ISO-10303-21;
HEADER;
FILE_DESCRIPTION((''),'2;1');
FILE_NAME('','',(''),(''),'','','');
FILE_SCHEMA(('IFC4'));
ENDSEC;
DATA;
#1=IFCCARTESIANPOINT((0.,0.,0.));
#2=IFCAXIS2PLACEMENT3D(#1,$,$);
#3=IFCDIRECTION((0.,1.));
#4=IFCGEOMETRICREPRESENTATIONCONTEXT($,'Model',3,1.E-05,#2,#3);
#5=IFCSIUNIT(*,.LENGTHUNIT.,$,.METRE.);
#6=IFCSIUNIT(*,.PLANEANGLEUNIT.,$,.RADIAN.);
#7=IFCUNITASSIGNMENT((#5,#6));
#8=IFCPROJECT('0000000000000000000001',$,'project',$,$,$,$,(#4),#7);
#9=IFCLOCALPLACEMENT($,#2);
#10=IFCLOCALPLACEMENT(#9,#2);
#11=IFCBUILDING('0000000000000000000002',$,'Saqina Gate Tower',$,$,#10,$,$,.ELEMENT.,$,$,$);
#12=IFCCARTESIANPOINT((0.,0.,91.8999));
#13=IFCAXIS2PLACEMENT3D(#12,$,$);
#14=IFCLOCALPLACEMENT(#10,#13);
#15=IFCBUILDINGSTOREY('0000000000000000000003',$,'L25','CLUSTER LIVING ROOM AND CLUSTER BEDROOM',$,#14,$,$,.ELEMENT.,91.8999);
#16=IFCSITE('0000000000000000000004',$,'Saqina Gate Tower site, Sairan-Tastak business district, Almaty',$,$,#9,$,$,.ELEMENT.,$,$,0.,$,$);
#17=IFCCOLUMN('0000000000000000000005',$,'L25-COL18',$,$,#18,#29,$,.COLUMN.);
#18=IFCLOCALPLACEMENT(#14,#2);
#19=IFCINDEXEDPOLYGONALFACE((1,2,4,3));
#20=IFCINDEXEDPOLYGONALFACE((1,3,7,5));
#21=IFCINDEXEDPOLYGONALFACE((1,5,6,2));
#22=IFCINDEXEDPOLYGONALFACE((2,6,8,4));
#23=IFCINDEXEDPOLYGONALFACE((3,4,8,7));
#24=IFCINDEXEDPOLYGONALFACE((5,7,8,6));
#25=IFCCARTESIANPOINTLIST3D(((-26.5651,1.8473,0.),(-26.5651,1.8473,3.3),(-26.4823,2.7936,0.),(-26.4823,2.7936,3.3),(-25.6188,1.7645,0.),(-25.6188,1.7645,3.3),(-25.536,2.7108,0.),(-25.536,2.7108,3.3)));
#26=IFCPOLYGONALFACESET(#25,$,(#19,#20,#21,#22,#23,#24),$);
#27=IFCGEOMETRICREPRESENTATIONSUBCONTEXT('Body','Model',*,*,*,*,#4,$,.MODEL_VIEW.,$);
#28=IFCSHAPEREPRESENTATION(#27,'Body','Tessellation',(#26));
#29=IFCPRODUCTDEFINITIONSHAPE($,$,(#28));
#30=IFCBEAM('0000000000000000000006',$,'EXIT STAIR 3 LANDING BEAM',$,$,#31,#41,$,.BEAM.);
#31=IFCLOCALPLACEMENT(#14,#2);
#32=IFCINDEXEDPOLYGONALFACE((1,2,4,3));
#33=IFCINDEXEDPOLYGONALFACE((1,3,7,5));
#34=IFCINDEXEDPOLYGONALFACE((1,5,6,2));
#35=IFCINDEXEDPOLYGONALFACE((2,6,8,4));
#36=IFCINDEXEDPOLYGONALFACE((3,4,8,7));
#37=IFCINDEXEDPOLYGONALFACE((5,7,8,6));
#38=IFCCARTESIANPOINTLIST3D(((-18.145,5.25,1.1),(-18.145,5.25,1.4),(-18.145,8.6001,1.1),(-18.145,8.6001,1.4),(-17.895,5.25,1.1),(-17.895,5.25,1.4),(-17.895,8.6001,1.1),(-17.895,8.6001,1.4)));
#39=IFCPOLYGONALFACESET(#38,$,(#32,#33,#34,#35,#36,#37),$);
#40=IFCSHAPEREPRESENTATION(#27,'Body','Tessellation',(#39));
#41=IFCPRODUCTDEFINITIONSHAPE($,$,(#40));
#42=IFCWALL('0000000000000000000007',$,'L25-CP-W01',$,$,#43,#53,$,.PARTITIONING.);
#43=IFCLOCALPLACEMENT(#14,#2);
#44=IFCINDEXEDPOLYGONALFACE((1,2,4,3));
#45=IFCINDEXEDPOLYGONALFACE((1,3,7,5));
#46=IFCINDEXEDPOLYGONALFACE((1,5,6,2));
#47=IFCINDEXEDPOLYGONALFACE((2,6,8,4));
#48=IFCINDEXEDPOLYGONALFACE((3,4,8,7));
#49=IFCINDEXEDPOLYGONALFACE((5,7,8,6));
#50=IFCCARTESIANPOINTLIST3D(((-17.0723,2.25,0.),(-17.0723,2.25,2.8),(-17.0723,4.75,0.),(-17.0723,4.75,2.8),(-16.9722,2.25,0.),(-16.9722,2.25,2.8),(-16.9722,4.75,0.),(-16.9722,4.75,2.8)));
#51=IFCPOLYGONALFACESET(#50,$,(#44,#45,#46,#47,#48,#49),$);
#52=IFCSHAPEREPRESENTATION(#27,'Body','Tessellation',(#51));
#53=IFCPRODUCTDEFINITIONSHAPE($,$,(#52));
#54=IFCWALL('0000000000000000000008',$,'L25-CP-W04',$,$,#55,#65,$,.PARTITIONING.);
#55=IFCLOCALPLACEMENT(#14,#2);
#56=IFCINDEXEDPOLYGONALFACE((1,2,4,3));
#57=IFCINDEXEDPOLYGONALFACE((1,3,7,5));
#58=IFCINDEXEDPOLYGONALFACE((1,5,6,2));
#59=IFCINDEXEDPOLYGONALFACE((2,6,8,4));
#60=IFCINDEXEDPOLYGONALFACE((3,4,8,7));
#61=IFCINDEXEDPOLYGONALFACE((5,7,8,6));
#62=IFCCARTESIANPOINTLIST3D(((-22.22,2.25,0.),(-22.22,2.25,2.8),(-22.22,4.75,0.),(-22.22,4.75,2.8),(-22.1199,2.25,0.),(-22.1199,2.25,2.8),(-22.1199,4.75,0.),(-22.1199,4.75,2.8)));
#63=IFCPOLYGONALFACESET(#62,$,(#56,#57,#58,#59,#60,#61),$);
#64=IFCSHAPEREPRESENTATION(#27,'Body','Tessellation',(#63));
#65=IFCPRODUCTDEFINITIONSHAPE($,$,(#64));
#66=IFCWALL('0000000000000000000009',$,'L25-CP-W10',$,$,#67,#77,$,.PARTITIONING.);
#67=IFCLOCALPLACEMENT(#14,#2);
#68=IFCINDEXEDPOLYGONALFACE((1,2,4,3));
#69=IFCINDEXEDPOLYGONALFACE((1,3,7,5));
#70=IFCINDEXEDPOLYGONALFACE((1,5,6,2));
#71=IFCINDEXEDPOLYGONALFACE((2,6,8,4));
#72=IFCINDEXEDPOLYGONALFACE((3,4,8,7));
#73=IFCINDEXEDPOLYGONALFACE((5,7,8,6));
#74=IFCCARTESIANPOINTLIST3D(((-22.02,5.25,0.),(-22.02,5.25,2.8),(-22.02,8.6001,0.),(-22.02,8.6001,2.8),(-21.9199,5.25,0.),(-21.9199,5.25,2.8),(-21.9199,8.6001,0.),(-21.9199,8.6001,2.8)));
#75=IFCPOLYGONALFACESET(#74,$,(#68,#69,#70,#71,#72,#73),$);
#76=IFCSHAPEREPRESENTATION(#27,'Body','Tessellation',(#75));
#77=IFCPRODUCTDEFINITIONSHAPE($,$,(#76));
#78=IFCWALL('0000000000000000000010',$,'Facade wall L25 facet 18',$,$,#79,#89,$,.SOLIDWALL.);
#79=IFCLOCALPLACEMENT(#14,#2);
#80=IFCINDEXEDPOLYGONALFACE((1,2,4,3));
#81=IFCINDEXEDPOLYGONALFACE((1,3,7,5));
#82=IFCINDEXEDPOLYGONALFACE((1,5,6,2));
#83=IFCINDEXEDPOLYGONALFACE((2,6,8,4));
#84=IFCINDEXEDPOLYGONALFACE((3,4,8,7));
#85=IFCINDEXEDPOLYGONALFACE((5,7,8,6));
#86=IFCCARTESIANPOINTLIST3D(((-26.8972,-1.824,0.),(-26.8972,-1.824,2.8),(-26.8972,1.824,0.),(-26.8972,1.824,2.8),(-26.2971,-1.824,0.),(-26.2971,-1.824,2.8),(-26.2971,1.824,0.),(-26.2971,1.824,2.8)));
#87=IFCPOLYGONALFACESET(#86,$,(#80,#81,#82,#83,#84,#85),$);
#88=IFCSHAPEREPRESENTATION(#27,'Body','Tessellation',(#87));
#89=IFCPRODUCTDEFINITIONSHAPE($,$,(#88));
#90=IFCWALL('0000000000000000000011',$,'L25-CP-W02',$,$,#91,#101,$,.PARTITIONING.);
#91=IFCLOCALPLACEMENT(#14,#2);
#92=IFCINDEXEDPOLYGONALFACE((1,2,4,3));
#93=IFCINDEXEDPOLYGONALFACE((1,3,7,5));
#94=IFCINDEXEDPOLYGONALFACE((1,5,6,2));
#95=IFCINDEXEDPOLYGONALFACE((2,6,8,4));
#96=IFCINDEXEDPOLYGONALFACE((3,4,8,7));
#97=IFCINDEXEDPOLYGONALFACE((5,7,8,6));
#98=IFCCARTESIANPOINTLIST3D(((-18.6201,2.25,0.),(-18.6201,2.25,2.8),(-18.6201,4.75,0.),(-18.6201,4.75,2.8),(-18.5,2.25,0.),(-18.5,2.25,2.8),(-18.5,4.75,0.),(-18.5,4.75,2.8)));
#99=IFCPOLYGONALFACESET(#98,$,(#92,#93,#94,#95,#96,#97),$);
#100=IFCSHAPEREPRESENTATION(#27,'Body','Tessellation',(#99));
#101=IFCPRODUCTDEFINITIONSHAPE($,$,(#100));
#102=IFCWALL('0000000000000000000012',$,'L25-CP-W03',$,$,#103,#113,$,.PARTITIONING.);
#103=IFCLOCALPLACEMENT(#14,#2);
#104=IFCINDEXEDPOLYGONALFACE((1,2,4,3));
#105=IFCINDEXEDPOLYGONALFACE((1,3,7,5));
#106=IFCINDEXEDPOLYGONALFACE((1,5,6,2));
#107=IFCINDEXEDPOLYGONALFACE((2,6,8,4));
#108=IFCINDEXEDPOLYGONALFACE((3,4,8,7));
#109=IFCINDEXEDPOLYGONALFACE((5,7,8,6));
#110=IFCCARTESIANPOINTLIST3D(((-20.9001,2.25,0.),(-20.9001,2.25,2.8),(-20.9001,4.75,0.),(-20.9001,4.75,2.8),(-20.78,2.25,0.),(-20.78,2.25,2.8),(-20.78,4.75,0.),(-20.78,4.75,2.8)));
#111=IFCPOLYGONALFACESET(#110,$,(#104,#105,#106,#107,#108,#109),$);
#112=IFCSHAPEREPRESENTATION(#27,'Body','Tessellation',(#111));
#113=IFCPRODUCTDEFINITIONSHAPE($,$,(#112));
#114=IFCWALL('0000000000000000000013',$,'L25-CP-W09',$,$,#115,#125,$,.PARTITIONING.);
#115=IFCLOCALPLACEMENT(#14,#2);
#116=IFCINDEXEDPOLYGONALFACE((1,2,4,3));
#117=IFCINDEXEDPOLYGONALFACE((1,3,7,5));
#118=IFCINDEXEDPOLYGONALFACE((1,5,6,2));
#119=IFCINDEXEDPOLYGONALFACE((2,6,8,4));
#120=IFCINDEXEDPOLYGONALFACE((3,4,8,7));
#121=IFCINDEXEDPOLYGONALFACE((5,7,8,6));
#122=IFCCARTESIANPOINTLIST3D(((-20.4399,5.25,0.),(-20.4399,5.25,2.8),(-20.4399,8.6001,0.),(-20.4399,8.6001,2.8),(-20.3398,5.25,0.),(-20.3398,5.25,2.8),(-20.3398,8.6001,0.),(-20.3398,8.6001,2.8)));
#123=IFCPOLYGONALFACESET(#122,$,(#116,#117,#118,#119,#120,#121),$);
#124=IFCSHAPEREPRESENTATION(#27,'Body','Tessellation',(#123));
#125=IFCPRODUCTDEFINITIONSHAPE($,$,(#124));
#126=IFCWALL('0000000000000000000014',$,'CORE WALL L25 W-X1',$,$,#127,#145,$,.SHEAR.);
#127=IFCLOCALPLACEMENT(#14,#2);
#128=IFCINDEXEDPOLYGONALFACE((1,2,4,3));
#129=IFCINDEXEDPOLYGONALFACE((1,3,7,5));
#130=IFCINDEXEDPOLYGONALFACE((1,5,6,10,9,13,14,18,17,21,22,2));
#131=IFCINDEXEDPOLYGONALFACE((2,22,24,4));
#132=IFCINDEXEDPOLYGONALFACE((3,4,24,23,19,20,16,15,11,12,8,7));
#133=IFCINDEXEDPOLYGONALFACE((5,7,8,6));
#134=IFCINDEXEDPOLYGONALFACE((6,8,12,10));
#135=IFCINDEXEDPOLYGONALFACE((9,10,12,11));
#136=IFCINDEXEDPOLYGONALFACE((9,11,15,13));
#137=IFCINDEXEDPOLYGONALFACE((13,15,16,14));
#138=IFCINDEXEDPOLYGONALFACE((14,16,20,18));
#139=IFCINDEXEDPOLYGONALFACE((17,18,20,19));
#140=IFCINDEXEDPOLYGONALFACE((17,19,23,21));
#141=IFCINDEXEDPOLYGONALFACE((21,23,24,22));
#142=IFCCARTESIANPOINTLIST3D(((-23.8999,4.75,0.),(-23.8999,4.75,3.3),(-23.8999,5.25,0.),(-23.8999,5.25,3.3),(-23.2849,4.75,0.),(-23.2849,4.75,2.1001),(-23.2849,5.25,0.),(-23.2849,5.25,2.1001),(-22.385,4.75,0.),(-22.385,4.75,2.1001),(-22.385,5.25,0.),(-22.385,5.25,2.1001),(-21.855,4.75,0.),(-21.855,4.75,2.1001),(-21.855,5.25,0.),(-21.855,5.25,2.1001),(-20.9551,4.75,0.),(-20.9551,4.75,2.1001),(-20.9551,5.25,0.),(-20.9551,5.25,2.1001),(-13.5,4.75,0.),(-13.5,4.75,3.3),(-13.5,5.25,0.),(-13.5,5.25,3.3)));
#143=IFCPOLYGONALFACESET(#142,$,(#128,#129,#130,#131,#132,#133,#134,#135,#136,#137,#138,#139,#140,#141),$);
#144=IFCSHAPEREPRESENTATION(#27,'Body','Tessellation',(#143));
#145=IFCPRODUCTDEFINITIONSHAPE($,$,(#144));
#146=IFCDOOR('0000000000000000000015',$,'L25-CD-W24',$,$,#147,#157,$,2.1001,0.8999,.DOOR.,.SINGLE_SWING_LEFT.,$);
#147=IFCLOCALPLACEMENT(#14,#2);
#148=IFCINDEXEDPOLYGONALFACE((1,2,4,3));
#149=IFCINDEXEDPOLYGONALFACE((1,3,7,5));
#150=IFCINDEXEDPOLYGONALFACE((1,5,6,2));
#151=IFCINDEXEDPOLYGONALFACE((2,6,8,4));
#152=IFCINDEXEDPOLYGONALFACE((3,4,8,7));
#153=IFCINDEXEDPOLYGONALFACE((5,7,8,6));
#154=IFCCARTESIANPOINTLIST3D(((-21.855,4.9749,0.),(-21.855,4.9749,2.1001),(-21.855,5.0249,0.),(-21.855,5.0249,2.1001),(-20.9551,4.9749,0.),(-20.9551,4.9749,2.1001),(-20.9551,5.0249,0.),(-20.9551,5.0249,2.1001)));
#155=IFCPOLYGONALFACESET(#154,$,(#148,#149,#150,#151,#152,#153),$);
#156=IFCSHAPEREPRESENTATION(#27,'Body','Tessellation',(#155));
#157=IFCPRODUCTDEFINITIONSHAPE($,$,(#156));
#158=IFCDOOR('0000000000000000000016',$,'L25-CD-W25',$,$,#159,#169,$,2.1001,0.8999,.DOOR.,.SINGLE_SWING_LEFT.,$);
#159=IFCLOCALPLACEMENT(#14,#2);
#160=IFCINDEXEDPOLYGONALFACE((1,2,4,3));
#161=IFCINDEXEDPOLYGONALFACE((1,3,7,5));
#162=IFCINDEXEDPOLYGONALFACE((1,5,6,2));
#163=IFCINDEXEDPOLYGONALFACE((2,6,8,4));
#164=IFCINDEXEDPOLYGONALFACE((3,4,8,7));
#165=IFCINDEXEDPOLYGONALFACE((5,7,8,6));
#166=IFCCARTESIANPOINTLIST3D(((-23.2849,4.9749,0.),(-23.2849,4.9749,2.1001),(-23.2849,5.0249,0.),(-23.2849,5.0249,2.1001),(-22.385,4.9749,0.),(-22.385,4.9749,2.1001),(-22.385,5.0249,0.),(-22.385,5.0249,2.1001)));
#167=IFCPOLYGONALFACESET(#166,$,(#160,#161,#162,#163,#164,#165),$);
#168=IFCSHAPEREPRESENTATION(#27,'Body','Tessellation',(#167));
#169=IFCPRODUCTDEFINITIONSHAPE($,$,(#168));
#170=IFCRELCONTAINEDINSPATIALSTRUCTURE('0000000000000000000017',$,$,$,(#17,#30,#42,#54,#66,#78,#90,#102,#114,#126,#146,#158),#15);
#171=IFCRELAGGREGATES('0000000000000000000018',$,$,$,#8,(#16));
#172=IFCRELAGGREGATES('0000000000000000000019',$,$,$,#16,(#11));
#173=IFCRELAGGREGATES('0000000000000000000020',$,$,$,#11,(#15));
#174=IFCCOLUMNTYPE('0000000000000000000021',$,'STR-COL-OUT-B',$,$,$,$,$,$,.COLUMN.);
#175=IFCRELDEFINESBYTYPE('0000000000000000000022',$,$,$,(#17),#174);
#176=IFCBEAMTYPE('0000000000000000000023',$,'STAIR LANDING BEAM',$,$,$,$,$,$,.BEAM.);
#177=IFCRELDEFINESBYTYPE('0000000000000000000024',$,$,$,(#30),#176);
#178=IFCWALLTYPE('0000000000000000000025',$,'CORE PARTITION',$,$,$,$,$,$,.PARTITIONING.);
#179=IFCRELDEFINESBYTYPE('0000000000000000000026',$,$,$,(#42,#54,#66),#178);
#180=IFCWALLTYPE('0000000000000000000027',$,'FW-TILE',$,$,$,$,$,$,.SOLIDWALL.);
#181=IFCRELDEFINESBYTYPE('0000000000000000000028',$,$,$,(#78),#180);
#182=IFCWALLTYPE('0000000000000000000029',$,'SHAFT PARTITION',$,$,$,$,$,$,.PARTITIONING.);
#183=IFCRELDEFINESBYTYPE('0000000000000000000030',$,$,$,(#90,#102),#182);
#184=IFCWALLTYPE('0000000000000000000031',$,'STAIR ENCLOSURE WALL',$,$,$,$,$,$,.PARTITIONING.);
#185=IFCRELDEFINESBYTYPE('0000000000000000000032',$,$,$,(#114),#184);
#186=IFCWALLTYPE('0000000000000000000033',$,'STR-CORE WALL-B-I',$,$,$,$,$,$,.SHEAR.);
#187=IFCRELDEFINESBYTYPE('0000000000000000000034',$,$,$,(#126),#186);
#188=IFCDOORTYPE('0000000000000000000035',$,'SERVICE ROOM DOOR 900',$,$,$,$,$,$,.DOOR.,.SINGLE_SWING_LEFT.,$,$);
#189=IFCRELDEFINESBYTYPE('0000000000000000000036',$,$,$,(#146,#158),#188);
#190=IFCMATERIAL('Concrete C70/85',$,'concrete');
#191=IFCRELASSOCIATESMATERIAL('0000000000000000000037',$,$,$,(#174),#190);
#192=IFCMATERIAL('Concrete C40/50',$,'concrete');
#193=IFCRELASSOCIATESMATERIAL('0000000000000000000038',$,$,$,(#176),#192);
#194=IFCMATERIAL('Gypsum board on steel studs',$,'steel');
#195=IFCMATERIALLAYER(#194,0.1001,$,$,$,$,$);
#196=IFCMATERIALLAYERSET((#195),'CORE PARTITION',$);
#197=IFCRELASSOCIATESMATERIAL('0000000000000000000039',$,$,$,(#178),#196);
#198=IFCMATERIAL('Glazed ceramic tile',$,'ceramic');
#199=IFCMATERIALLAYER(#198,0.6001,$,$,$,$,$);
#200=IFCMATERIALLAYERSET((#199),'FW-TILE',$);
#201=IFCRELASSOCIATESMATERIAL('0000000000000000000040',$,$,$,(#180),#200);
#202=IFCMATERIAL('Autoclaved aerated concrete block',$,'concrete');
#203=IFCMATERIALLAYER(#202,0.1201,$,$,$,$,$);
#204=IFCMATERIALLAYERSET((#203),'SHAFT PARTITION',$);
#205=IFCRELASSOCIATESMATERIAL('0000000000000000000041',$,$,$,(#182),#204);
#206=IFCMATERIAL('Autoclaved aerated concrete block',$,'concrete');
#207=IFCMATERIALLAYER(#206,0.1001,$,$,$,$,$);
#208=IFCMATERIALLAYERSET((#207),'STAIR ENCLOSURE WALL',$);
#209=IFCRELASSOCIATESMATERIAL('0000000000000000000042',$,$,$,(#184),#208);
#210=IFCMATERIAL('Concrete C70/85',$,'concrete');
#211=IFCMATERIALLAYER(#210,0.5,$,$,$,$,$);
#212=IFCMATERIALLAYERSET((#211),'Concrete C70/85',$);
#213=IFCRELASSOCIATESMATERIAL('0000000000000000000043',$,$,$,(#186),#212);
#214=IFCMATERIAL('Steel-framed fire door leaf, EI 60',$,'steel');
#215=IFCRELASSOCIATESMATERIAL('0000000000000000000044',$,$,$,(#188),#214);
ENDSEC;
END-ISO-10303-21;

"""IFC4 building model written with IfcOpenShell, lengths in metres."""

from ifc_helpers import new_model, si_unit, direction, frame, frame_2d, origin, origin_2d, place, context, subcontext, project, spatial, rectangle, extrude, material, layer, layer_set, material_profile, profile_set, type_object, element, fill, save


model = new_model("IFC4")

# Units and contexts
model_context = context("Model", 3, precision=1e-05, world=origin(), true_north=direction((0.0, 1.0)))
body_context = subcontext(model_context, "Body", "Model", "MODEL_VIEW")
ifc_project = project(units=[si_unit("LENGTHUNIT", "METRE"), si_unit("PLANEANGLEUNIT", "RADIAN")], contexts=[model_context])

# Site, building, storey
site_placement = place(None, origin())
site = spatial("IfcSite", under=ifc_project, at=site_placement, Name="Saqina Gate Tower site, Sairan-Tastak business district, Almaty", CompositionType="ELEMENT", RefElevation=0.0)
building_placement = place(site_placement, origin())
building = spatial("IfcBuilding", under=site, at=building_placement, Name="Saqina Gate Tower", CompositionType="ELEMENT")
storey_placement = place(building_placement, frame((0.0, 0.0, 91.8999)))
storey = spatial("IfcBuildingStorey", under=building, at=storey_placement, Name="L25", Description="CLUSTER LIVING ROOM AND CLUSTER BEDROOM", CompositionType="ELEMENT", Elevation=91.8999)

# Column
ifc_material_1 = material(Name="Concrete C70/85", Category="concrete")
ifc_material_profile_1 = material_profile(ifc_material_1, rectangle(XDim=0.95, YDim=0.95, at=origin_2d()), Name="RC 950x950")
ifc_profile_set_1 = profile_set([ifc_material_profile_1], Name="Concrete C70/85")
column_type = type_object("IfcColumnType", Name="STR-COL-OUT-B", PredefinedType="COLUMN", material=ifc_profile_set_1)
column_placement = place(storey_placement, frame((-26.0505, 2.2791, 0.0), z_axis=(0.0, 0.0, 1.0), x_axis=(-0.996195, 0.087156, 0.0)))
element("IfcColumn", 1, at=column_placement, inside=storey, type_object=column_type, Name="L25-COL18", PredefinedType="COLUMN", context=body_context, shape_type="SweptSolid", body=[
    extrude(rectangle(XDim=0.95, YDim=0.95, at=origin_2d()), origin(), (0.0, 0.0, 1.0), 3.3),
])

# Beam
ifc_material_2 = material(Name="Concrete C40/50", Category="concrete")
ifc_material_profile_2 = material_profile(ifc_material_2, rectangle(XDim=0.25, YDim=0.3, at=origin_2d()), Name="STAIR LANDING BEAM")
ifc_profile_set_2 = profile_set([ifc_material_profile_2], Name="Concrete C40/50")
beam_type = type_object("IfcBeamType", Name="STAIR LANDING BEAM", PredefinedType="BEAM", material=ifc_profile_set_2)
beam_placement = place(storey_placement, frame((-18.02, 5.25, 1.25), z_axis=(0.0, 1.0, 0.0), x_axis=(-1.0, 0.0, 0.0)))
element("IfcBeam", 2, at=beam_placement, inside=storey, type_object=beam_type, Name="EXIT STAIR 3 LANDING BEAM", PredefinedType="BEAM", context=body_context, shape_type="SweptSolid", body=[
    extrude(rectangle(XDim=0.25, YDim=0.3, at=origin_2d()), origin(), (0.0, 0.0, 1.0), 3.3501),
])

# Walls
ifc_material_3 = material(Name="Gypsum board on steel studs", Category="steel")
ifc_layer_1 = layer(ifc_material_3, 0.1001)
ifc_layer_set_1 = layer_set([ifc_layer_1], Name="CORE PARTITION")
wall_type_1 = type_object("IfcWallType", Name="CORE PARTITION", PredefinedType="PARTITIONING", material=ifc_layer_set_1)
for number, where, z_axis, x_axis, name in (
    (3, (-17.0222, 2.25, 0.0), (0.0, 0.0, 1.0), (0.0, 1.0, 0.0), "L25-CP-W01"),
    (4, (-22.1699, 2.25, 0.0), (0.0, 0.0, 1.0), (0.0, 1.0, 0.0), "L25-CP-W04"),
):
    element("IfcWall", number, at=place(storey_placement, frame(where, z_axis=z_axis, x_axis=x_axis)), inside=storey, type_object=wall_type_1, Name=name, PredefinedType="PARTITIONING", context=body_context, shape_type="SweptSolid", body=[
        extrude(rectangle(XDim=2.5, YDim=0.1001, at=frame_2d((1.25, 0.0))), origin(), (0.0, 0.0, 1.0), 2.8),
    ])
wall_1_placement = place(storey_placement, frame((-21.97, 5.25, 0.0), z_axis=(0.0, 0.0, 1.0), x_axis=(0.0, 1.0, 0.0)))
element("IfcWall", 5, at=wall_1_placement, inside=storey, type_object=wall_type_1, Name="L25-CP-W10", PredefinedType="PARTITIONING", context=body_context, shape_type="SweptSolid", body=[
    extrude(rectangle(XDim=3.3501, YDim=0.1001, at=frame_2d((1.675, 0.0))), origin(), (0.0, 0.0, 1.0), 2.8),
])
ifc_material_4 = material(Name="Glazed ceramic tile", Category="ceramic")
ifc_layer_2 = layer(ifc_material_4, 0.6001)
ifc_layer_set_2 = layer_set([ifc_layer_2], Name="FW-TILE")
wall_type_2 = type_object("IfcWallType", Name="FW-TILE", PredefinedType="SOLIDWALL", material=ifc_layer_set_2)
wall_2_placement = place(storey_placement, frame((-26.5972, 1.824, 0.0), z_axis=(0.0, 0.0, 1.0), x_axis=(0.0, -1.0, 0.0)))
element("IfcWall", 6, at=wall_2_placement, inside=storey, type_object=wall_type_2, Name="Facade wall L25 facet 18", PredefinedType="SOLIDWALL", context=body_context, shape_type="SweptSolid", body=[
    extrude(rectangle(XDim=3.6479, YDim=0.6001, at=frame_2d((1.824, 0.0))), origin(), (0.0, 0.0, 1.0), 2.8),
])
ifc_material_5 = material(Name="Autoclaved aerated concrete block", Category="concrete")
ifc_layer_3 = layer(ifc_material_5, 0.1201)
ifc_layer_set_3 = layer_set([ifc_layer_3], Name="SHAFT PARTITION")
wall_type_3 = type_object("IfcWallType", Name="SHAFT PARTITION", PredefinedType="PARTITIONING", material=ifc_layer_set_3)
for number, where, z_axis, x_axis, name in (
    (7, (-18.5601, 2.25, 0.0), (0.0, 0.0, 1.0), (0.0, 1.0, 0.0), "L25-CP-W02"),
    (8, (-20.8401, 2.25, 0.0), (0.0, 0.0, 1.0), (0.0, 1.0, 0.0), "L25-CP-W03"),
):
    element("IfcWall", number, at=place(storey_placement, frame(where, z_axis=z_axis, x_axis=x_axis)), inside=storey, type_object=wall_type_3, Name=name, PredefinedType="PARTITIONING", context=body_context, shape_type="SweptSolid", body=[
        extrude(rectangle(XDim=2.5, YDim=0.1201, at=frame_2d((1.25, 0.0))), origin(), (0.0, 0.0, 1.0), 2.8),
    ])
ifc_material_6 = material(Name="Autoclaved aerated concrete block", Category="concrete")
ifc_layer_4 = layer(ifc_material_6, 0.1001)
ifc_layer_set_4 = layer_set([ifc_layer_4], Name="STAIR ENCLOSURE WALL")
wall_type_4 = type_object("IfcWallType", Name="STAIR ENCLOSURE WALL", PredefinedType="PARTITIONING", material=ifc_layer_set_4)
wall_3_placement = place(storey_placement, frame((-20.3899, 5.25, 0.0), z_axis=(0.0, 0.0, 1.0), x_axis=(0.0, 1.0, 0.0)))
element("IfcWall", 9, at=wall_3_placement, inside=storey, type_object=wall_type_4, Name="L25-CP-W09", PredefinedType="PARTITIONING", context=body_context, shape_type="SweptSolid", body=[
    extrude(rectangle(XDim=3.3501, YDim=0.1001, at=frame_2d((1.675, 0.0))), origin(), (0.0, 0.0, 1.0), 2.8),
])

# Wall, openings, doors
ifc_material_7 = material(Name="Concrete C70/85", Category="concrete")
ifc_layer_5 = layer(ifc_material_7, 0.5)
ifc_layer_set_5 = layer_set([ifc_layer_5], Name="Concrete C70/85")
wall_type_5 = type_object("IfcWallType", Name="STR-CORE WALL-B-I", PredefinedType="SHEAR", material=ifc_layer_set_5)
wall_4_placement = place(storey_placement, frame((-13.5, 5.0, 0.0), z_axis=(0.0, 0.0, 1.0), x_axis=(-1.0, 0.0, 0.0)))
wall_4 = element("IfcWall", 10, at=wall_4_placement, inside=storey, type_object=wall_type_5, Name="CORE WALL L25 W-X1", PredefinedType="SHEAR", context=body_context, shape_type="SweptSolid", body=[
    extrude(rectangle(XDim=10.3999, YDim=0.5, at=frame_2d((5.2, 0.0))), origin(), (0.0, 0.0, 1.0), 3.3),
])
opening_1_placement = place(wall_4_placement, frame((7.4551, 0.0, 0.0)))
opening_1 = element("IfcOpeningElement", 11, at=opening_1_placement, cuts=wall_4, PredefinedType="OPENING", context=body_context, shape_type="SweptSolid", body=[
    extrude(rectangle(XDim=0.8999, YDim=2.1001, at=frame_2d((0.45, 1.05))), frame((0.0, 0.262, 0.0), z_axis=(0.0, -1.0, 0.0), x_axis=(1.0, 0.0, 0.0)), (0.0, 0.0, 1.0), 0.5239),
])
opening_2_placement = place(wall_4_placement, frame((8.885, 0.0, 0.0)))
opening_2 = element("IfcOpeningElement", 12, at=opening_2_placement, cuts=wall_4, PredefinedType="OPENING", context=body_context, shape_type="SweptSolid", body=[
    extrude(rectangle(XDim=0.8999, YDim=2.1001, at=frame_2d((0.45, 1.05))), frame((0.0, 0.262, 0.0), z_axis=(0.0, -1.0, 0.0), x_axis=(1.0, 0.0, 0.0)), (0.0, 0.0, 1.0), 0.5239),
])
ifc_material_8 = material(Name="Steel-framed fire door leaf, EI 60", Category="steel")
door_type_1 = type_object("IfcDoorType", Name="SERVICE ROOM DOOR 900", OperationType="SINGLE_SWING_LEFT", PredefinedType="DOOR", material=ifc_material_8)
door_1_placement = place(opening_1_placement, frame((0.8999, 0.0, 0.0), z_axis=(0.0, 0.0, 1.0), x_axis=(-1.0, 0.0, 0.0)))
door_1 = element("IfcDoor", 13, at=door_1_placement, inside=storey, type_object=door_type_1, Name="L25-CD-W24", OperationType="SINGLE_SWING_LEFT", OverallHeight=2.1001, OverallWidth=0.8999, PredefinedType="DOOR", context=body_context, shape_type="SweptSolid", body=[
    extrude(rectangle(XDim=0.8999, YDim=2.1001, at=frame_2d((0.45, 1.05))), frame((0.0, 0.0249, 0.0), z_axis=(0.0, -1.0, 0.0), x_axis=(1.0, 0.0, 0.0)), (0.0, 0.0, 1.0), 0.05),
])
fill(opening_1, door_1)
door_2_placement = place(opening_2_placement, frame((0.8999, 0.0, 0.0), z_axis=(0.0, 0.0, 1.0), x_axis=(-1.0, 0.0, 0.0)))
door_2 = element("IfcDoor", 14, at=door_2_placement, inside=storey, type_object=door_type_1, Name="L25-CD-W25", OperationType="SINGLE_SWING_LEFT", OverallHeight=2.1001, OverallWidth=0.8999, PredefinedType="DOOR", context=body_context, shape_type="SweptSolid", body=[
    extrude(rectangle(XDim=0.8999, YDim=2.1001, at=frame_2d((0.45, 1.05))), frame((0.0, 0.0249, 0.0), z_axis=(0.0, -1.0, 0.0), x_axis=(1.0, 0.0, 0.0)), (0.0, 0.0, 1.0), 0.05),
])
fill(opening_2, door_2)

save(model, "model.ifc")
